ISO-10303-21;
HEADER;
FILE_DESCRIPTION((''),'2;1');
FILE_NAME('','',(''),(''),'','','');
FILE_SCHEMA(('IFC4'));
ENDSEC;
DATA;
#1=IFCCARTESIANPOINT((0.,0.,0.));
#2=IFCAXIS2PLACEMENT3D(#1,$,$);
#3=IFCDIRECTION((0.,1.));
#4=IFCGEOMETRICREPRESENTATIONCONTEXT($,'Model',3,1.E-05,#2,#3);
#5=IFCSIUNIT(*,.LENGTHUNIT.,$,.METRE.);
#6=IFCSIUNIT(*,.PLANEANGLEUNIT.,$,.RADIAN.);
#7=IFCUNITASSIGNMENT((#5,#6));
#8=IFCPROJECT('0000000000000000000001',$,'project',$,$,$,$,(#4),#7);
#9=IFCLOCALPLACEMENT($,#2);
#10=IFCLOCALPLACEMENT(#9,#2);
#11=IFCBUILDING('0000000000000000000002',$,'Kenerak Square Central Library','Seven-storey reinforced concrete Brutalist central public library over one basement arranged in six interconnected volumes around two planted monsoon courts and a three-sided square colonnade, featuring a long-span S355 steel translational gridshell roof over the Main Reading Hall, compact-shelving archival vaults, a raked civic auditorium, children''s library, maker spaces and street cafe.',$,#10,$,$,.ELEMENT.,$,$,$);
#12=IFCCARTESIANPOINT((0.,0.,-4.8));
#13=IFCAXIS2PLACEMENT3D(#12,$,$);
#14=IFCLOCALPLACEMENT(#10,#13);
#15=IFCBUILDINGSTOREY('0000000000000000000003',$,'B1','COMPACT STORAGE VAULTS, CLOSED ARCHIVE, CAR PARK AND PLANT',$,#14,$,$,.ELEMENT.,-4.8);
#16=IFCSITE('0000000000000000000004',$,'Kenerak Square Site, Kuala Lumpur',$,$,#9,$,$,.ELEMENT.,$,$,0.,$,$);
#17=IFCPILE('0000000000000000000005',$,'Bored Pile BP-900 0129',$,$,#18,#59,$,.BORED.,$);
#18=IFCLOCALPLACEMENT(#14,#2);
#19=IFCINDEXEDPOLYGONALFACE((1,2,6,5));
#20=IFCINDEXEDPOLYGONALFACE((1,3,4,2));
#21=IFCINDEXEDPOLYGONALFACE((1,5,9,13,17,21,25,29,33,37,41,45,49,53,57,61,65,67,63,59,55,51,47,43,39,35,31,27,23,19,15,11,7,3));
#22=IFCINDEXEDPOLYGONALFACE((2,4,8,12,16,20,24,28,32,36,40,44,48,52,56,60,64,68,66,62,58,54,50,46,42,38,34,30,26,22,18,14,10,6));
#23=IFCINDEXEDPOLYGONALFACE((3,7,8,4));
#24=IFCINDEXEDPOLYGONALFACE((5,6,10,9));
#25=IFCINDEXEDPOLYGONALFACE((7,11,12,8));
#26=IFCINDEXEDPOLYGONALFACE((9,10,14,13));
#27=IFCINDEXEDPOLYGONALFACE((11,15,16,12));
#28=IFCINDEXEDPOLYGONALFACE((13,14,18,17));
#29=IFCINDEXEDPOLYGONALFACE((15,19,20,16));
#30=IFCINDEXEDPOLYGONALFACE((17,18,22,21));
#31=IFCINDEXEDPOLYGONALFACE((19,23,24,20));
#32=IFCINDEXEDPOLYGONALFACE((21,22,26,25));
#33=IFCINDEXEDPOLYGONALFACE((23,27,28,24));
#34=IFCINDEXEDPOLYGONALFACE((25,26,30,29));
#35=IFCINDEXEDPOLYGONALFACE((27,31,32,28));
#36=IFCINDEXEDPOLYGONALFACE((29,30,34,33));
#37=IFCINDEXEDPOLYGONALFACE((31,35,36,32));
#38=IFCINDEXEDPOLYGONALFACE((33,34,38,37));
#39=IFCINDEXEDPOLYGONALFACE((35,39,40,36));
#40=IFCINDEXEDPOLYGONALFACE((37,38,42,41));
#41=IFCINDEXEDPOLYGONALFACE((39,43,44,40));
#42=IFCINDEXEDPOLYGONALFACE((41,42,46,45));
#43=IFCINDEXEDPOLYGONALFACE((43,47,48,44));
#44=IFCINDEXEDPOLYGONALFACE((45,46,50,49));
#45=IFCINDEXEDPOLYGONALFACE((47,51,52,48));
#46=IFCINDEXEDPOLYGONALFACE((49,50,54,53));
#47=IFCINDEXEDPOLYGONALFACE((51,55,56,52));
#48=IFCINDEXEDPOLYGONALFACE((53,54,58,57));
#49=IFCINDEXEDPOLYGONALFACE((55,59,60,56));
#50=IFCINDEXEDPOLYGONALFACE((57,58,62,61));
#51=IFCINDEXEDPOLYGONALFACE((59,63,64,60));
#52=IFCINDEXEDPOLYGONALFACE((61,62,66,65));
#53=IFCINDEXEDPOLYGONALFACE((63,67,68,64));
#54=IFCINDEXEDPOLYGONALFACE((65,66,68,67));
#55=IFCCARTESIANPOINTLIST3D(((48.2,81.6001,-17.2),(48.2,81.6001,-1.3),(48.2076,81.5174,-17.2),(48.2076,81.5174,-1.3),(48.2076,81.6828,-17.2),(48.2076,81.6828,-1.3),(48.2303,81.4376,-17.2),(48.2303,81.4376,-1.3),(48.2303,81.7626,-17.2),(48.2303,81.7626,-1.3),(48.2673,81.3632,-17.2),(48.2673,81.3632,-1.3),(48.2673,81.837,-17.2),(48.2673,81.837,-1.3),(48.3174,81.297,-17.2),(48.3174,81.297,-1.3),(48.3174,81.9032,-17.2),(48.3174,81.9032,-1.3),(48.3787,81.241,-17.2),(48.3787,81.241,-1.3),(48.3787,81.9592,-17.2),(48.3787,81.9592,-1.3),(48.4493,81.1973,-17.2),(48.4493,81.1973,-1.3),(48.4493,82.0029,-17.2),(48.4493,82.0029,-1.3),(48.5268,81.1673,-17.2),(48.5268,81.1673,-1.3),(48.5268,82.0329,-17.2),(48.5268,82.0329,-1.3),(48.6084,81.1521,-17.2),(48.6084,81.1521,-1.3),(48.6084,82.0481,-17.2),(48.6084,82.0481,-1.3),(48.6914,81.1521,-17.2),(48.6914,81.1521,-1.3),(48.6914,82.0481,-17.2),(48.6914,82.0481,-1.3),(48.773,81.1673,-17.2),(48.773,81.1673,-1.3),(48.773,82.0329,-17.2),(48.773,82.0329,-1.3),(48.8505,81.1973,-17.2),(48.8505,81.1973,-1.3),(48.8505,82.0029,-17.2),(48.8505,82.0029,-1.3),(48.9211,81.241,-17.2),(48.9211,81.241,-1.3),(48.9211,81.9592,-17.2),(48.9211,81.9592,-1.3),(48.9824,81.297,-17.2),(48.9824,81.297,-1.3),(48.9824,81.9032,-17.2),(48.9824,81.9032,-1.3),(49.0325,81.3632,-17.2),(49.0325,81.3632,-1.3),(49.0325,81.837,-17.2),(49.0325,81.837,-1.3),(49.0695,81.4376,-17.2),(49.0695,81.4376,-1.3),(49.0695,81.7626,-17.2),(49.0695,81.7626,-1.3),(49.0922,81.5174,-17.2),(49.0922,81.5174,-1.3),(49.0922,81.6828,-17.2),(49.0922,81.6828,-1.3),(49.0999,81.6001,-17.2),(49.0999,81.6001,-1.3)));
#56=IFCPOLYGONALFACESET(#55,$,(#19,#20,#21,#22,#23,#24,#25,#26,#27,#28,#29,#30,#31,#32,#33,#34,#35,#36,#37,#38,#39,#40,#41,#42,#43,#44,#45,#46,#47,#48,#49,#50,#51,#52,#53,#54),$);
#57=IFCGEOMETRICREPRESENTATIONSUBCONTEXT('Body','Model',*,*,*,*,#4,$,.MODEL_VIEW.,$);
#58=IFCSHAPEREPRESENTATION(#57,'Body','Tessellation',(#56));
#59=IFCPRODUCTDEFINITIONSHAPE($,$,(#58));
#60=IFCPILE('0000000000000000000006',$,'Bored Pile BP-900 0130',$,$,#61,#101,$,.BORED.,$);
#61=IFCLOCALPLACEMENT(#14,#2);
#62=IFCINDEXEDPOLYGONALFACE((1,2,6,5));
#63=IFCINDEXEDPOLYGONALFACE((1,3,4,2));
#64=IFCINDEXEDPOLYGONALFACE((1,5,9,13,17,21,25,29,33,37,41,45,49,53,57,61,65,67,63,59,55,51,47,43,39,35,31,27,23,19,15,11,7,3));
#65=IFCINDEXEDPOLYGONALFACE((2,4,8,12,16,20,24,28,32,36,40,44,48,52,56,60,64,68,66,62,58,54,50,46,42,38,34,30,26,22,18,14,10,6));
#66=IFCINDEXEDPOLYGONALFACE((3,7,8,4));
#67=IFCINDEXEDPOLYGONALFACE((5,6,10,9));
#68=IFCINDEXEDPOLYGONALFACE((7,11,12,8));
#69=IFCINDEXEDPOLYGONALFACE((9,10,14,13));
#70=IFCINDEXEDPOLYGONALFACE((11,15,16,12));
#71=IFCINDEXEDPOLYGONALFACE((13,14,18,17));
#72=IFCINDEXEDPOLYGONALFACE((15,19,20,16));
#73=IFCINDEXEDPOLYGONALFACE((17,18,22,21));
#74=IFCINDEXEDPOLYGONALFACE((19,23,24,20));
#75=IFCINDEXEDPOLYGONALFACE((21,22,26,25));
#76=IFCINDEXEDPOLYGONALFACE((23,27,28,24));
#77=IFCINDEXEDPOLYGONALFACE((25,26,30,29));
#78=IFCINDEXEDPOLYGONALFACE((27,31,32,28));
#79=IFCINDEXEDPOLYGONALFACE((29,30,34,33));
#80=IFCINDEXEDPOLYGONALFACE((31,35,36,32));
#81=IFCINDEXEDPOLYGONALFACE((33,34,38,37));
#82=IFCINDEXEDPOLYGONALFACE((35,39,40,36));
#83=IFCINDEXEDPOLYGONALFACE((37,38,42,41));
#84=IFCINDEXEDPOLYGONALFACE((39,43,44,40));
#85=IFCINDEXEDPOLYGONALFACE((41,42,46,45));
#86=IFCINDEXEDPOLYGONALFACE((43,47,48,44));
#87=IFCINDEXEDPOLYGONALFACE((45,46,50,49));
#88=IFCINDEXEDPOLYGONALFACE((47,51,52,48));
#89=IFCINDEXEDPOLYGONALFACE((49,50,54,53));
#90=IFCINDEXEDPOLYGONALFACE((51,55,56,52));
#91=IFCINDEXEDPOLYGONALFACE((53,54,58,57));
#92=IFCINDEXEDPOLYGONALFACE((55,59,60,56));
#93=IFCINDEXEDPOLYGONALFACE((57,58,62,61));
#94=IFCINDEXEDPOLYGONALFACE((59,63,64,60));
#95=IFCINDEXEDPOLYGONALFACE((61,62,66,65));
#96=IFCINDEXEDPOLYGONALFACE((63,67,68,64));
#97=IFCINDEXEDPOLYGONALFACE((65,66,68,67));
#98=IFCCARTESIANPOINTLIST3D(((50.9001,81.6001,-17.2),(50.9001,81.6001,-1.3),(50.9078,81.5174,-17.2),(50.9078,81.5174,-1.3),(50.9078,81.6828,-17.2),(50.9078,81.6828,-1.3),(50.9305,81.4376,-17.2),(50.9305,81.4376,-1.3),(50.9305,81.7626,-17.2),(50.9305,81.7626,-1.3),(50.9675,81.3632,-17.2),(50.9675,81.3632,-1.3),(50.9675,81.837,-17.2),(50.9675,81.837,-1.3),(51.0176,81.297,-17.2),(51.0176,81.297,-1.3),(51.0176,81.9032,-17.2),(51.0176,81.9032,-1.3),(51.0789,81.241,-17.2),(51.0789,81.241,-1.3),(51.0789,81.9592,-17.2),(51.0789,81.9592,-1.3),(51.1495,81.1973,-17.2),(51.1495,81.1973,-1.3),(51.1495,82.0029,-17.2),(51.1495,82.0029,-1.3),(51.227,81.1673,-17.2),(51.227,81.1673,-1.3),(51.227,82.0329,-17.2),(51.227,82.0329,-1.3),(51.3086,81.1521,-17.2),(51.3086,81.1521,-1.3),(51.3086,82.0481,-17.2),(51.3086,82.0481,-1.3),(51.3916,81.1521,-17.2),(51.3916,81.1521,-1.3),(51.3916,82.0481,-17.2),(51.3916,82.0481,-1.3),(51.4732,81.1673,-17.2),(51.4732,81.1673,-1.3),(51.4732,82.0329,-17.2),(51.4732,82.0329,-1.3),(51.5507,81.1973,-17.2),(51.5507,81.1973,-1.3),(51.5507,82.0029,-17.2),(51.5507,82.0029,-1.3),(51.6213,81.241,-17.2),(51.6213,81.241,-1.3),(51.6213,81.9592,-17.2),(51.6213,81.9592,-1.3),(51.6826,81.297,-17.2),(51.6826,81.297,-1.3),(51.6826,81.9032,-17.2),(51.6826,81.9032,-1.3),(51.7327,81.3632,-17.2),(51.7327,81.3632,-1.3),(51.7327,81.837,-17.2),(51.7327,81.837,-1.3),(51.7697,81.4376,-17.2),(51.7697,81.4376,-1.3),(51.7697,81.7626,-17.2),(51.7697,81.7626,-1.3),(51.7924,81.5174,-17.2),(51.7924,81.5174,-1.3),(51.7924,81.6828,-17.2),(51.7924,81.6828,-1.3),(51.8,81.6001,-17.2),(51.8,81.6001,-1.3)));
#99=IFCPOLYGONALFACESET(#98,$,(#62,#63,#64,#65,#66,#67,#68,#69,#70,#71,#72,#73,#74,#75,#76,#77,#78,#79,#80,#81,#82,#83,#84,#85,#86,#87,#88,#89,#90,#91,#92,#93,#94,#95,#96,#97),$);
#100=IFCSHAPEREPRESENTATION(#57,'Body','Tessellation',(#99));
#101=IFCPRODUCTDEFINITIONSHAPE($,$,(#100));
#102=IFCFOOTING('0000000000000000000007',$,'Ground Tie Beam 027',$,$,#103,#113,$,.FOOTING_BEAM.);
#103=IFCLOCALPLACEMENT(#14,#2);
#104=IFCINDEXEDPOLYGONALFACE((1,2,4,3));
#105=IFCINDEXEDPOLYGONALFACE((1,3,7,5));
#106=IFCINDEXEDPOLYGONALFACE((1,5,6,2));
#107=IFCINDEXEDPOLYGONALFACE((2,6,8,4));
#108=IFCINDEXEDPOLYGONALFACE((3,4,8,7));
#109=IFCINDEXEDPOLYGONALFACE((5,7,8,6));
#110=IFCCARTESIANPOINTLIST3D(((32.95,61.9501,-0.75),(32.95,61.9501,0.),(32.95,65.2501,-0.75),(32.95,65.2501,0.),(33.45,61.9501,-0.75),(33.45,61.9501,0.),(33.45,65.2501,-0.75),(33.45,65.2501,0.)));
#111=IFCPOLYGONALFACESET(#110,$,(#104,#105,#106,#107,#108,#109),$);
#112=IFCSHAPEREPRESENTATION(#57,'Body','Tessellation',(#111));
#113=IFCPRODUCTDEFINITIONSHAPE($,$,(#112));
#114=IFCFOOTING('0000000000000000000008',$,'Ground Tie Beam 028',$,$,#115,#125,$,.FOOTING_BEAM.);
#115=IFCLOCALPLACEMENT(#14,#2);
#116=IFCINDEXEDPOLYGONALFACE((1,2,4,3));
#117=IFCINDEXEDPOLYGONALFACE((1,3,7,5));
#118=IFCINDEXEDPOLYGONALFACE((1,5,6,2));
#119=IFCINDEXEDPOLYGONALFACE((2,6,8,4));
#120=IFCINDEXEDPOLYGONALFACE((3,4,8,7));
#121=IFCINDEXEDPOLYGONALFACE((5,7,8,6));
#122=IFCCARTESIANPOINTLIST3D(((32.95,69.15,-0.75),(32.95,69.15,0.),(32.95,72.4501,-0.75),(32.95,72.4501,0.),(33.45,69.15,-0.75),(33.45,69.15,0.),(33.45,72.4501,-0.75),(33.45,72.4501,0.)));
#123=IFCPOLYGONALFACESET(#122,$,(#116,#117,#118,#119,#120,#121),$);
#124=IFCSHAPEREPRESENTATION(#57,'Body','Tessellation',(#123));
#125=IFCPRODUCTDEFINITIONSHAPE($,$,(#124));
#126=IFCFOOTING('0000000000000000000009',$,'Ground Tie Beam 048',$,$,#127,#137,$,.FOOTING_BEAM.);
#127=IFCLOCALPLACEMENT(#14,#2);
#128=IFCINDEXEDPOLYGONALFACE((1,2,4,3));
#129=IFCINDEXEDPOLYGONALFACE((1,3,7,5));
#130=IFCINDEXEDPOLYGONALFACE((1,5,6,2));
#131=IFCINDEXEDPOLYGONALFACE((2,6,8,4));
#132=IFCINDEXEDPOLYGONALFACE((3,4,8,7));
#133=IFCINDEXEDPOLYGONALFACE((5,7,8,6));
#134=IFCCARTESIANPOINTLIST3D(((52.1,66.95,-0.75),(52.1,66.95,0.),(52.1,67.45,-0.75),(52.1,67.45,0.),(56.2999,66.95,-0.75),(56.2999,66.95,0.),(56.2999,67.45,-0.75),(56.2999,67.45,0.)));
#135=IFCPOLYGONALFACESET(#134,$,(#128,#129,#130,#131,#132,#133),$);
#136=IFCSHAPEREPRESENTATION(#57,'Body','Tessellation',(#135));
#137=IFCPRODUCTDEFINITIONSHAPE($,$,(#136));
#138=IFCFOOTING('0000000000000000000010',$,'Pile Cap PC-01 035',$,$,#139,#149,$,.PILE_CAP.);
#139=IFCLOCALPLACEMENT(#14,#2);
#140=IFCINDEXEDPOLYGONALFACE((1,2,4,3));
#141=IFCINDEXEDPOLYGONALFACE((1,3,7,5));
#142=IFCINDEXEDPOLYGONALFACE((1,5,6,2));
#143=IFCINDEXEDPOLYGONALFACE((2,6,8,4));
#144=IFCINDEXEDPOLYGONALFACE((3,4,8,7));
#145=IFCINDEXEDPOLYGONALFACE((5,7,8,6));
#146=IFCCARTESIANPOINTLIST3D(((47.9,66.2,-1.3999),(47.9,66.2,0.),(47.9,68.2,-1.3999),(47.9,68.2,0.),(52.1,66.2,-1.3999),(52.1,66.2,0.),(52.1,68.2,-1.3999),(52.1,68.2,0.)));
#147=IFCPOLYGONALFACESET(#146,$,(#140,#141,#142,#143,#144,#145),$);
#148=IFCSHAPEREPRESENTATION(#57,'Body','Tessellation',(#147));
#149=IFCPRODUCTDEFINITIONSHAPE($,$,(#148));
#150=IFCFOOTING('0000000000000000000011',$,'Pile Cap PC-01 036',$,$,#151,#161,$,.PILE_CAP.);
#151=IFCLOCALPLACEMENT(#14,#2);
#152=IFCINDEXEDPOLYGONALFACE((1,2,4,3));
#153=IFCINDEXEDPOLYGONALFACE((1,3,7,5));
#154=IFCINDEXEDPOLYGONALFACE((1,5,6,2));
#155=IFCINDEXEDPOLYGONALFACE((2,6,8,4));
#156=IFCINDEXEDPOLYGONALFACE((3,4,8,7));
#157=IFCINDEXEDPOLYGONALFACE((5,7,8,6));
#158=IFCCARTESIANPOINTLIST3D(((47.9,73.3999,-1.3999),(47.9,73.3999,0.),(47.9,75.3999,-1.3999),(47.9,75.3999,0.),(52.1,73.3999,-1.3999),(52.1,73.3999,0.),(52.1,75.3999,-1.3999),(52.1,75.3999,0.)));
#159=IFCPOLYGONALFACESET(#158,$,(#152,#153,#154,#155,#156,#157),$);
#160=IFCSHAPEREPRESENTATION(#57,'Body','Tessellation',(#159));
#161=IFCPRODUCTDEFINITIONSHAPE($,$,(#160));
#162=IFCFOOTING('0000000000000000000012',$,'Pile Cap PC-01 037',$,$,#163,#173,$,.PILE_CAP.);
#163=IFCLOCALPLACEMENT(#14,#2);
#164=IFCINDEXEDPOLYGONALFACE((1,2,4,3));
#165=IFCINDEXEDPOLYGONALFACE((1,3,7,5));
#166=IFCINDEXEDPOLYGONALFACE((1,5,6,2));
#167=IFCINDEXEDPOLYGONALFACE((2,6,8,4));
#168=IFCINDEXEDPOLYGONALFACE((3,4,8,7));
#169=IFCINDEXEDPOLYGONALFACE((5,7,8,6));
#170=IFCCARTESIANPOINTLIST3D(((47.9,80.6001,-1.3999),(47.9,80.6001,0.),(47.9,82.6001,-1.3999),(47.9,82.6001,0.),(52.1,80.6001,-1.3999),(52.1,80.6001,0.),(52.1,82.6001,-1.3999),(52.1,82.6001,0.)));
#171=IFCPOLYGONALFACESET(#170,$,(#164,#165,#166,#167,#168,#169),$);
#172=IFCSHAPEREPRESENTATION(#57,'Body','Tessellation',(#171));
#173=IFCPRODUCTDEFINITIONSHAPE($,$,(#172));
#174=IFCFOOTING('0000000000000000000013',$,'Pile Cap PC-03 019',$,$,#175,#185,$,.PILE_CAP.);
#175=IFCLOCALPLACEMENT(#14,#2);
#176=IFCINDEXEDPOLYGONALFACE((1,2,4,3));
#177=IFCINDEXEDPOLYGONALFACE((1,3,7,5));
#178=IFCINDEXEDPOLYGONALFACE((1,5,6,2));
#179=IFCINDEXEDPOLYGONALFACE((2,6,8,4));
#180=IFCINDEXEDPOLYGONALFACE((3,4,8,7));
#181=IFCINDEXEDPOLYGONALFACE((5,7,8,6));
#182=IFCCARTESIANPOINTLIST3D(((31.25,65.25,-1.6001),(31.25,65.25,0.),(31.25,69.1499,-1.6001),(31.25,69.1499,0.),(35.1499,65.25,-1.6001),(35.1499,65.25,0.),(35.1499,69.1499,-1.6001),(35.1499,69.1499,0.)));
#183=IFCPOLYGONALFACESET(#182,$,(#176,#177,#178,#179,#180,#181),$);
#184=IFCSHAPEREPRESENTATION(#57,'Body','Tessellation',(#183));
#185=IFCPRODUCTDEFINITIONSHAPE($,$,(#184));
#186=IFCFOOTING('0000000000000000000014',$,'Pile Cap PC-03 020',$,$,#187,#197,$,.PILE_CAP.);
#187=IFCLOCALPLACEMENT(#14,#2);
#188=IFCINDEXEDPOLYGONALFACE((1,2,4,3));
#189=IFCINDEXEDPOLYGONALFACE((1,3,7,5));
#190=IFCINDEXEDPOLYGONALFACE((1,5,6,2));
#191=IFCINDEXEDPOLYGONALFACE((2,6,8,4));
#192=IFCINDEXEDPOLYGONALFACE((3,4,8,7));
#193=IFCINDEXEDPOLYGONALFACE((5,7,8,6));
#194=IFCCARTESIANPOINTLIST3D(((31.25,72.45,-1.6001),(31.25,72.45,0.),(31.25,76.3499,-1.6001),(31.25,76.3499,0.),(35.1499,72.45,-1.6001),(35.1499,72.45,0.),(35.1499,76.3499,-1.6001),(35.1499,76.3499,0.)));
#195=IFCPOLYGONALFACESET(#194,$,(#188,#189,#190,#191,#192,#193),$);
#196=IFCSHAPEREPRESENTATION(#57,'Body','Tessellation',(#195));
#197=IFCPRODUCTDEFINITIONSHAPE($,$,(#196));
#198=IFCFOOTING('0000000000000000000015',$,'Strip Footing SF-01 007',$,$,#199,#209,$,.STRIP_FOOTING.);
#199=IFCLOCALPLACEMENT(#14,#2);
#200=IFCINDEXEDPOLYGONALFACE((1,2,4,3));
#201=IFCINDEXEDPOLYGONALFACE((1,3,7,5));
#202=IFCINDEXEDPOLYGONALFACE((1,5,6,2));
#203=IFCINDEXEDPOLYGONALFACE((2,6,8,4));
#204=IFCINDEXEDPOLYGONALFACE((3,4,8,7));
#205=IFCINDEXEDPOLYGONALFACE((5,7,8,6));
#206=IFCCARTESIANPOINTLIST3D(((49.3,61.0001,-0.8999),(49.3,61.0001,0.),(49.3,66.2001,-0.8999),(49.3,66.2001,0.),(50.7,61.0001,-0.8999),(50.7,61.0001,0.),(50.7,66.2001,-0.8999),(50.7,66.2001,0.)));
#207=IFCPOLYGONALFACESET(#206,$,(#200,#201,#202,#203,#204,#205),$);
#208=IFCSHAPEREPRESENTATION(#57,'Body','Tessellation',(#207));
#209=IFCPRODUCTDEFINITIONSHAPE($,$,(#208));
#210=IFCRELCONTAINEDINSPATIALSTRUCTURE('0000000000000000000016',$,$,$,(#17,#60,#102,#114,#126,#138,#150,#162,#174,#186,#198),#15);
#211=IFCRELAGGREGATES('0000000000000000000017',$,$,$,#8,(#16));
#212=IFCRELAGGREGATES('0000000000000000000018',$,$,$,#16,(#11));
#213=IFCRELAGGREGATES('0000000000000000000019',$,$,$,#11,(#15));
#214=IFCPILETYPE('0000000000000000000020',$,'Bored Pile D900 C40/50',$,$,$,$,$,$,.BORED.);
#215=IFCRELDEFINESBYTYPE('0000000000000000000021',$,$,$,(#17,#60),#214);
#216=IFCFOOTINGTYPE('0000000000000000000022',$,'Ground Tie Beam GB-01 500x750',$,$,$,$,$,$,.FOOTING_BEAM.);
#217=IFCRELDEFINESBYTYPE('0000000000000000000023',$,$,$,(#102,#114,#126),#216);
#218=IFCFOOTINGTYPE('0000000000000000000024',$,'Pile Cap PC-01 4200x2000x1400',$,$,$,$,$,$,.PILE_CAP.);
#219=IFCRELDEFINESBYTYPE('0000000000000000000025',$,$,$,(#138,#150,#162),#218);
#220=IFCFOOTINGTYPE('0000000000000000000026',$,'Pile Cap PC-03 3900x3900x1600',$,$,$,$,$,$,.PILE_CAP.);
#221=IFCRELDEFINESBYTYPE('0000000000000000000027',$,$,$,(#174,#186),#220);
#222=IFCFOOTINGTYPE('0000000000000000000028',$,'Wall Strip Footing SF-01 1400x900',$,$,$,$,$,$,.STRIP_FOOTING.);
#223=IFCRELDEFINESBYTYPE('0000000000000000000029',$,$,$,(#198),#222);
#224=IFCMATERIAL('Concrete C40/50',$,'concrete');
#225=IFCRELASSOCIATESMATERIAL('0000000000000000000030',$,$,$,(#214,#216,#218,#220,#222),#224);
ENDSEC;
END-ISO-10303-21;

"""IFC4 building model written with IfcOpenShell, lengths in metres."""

from ifc_helpers import new_model, si_unit, direction, frame, origin, origin_2d, place, context, subcontext, project, spatial, rectangle, circle, extrude, material, material_profile, profile_set, type_object, element, save


model = new_model("IFC4")

# Units and contexts
model_context = context("Model", 3, precision=1e-05, world=origin(), true_north=direction((0.0, 1.0)))
body_context = subcontext(model_context, "Body", "Model", "MODEL_VIEW")
ifc_project = project(units=[si_unit("LENGTHUNIT", "METRE"), si_unit("PLANEANGLEUNIT", "RADIAN")], contexts=[model_context])

# Site, building, storey
site_placement = place(None, origin())
site = spatial("IfcSite", under=ifc_project, at=site_placement, Name="Kenerak Square Site, Kuala Lumpur", CompositionType="ELEMENT", RefElevation=0.0)
building_placement = place(site_placement, origin())
building = spatial("IfcBuilding", under=site, at=building_placement, Name="Kenerak Square Central Library", Description="Seven-storey reinforced concrete Brutalist central public library over one basement arranged in six interconnected volumes around two planted monsoon courts and a three-sided square colonnade, featuring a long-span S355 steel translational gridshell roof over the Main Reading Hall, compact-shelving archival vaults, a raked civic auditorium, children's library, maker spaces and street cafe.", CompositionType="ELEMENT")
storey_placement = place(building_placement, frame((0.0, 0.0, -4.8)))
storey = spatial("IfcBuildingStorey", under=building, at=storey_placement, Name="B1", Description="COMPACT STORAGE VAULTS, CLOSED ARCHIVE, CAR PARK AND PLANT", CompositionType="ELEMENT", Elevation=-4.8)

# Piles
ifc_material_1 = material(Name="Concrete C40/50", Category="concrete")
ifc_material_profile_1 = material_profile(ifc_material_1, circle(Radius=0.45, at=origin_2d()), Name="BP D900")
ifc_profile_set_1 = profile_set([ifc_material_profile_1], Name="Concrete C40/50")
pile_type = type_object("IfcPileType", Name="Bored Pile D900 C40/50", PredefinedType="BORED", material=ifc_profile_set_1)
for number, where, z_axis, x_axis, name in (
    (1, (48.6499, 81.6001, -1.3), (0.0, 0.0, -1.0), (1.0, 0.0, 0.0), "Bored Pile BP-900 0129"),
    (2, (51.3501, 81.6001, -1.3), (0.0, 0.0, -1.0), (1.0, 0.0, 0.0), "Bored Pile BP-900 0130"),
):
    element("IfcPile", number, at=place(storey_placement, frame(where, z_axis=z_axis, x_axis=x_axis)), inside=storey, type_object=pile_type, Name=name, PredefinedType="BORED", context=body_context, shape_type="SweptSolid", body=[
        extrude(circle(Radius=0.45, at=origin_2d()), origin(), (0.0, 0.0, 1.0), 15.8999),
    ])

# Footings
footing_type_1 = type_object("IfcFootingType", Name="Ground Tie Beam GB-01 500x750", PredefinedType="FOOTING_BEAM", material=ifc_material_1)
for number, where, z_axis, x_axis, name in (
    (3, (33.2, 63.6001, -0.75), (0.0, 0.0, 1.0), (1.0, 0.0, 0.0), "Ground Tie Beam 027"),
    (4, (33.2, 70.8, -0.75), (0.0, 0.0, 1.0), (1.0, 0.0, 0.0), "Ground Tie Beam 028"),
):
    element("IfcFooting", number, at=place(storey_placement, frame(where, z_axis=z_axis, x_axis=x_axis)), inside=storey, type_object=footing_type_1, Name=name, PredefinedType="FOOTING_BEAM", context=body_context, shape_type="SweptSolid", body=[
        extrude(rectangle(XDim=0.5, YDim=3.3, at=origin_2d()), origin(), (0.0, 0.0, 1.0), 0.75),
    ])
footing_1_placement = place(storey_placement, frame((54.2, 67.2, -0.75), z_axis=(0.0, 0.0, 1.0), x_axis=(1.0, 0.0, 0.0)))
element("IfcFooting", 5, at=footing_1_placement, inside=storey, type_object=footing_type_1, Name="Ground Tie Beam 048", PredefinedType="FOOTING_BEAM", context=body_context, shape_type="SweptSolid", body=[
    extrude(rectangle(XDim=4.2, YDim=0.5, at=origin_2d()), origin(), (0.0, 0.0, 1.0), 0.75),
])
footing_type_2 = type_object("IfcFootingType", Name="Pile Cap PC-01 4200x2000x1400", PredefinedType="PILE_CAP", material=ifc_material_1)
for number, where, z_axis, x_axis, name in (
    (6, (50.0, 67.2, -1.3999), (0.0, 0.0, 1.0), (1.0, 0.0, 0.0), "Pile Cap PC-01 035"),
    (7, (50.0, 74.3999, -1.3999), (0.0, 0.0, 1.0), (1.0, 0.0, 0.0), "Pile Cap PC-01 036"),
    (8, (50.0, 81.6001, -1.3999), (0.0, 0.0, 1.0), (1.0, 0.0, 0.0), "Pile Cap PC-01 037"),
):
    element("IfcFooting", number, at=place(storey_placement, frame(where, z_axis=z_axis, x_axis=x_axis)), inside=storey, type_object=footing_type_2, Name=name, PredefinedType="PILE_CAP", context=body_context, shape_type="SweptSolid", body=[
        extrude(rectangle(XDim=4.2, YDim=2.0, at=origin_2d()), origin(), (0.0, 0.0, 1.0), 1.3999),
    ])
footing_type_3 = type_object("IfcFootingType", Name="Pile Cap PC-03 3900x3900x1600", PredefinedType="PILE_CAP", material=ifc_material_1)
for number, where, z_axis, x_axis, name in (
    (9, (33.2, 67.2, -1.6001), (0.0, 0.0, 1.0), (1.0, 0.0, 0.0), "Pile Cap PC-03 019"),
    (10, (33.2, 74.3999, -1.6001), (0.0, 0.0, 1.0), (1.0, 0.0, 0.0), "Pile Cap PC-03 020"),
):
    element("IfcFooting", number, at=place(storey_placement, frame(where, z_axis=z_axis, x_axis=x_axis)), inside=storey, type_object=footing_type_3, Name=name, PredefinedType="PILE_CAP", context=body_context, shape_type="SweptSolid", body=[
        extrude(rectangle(XDim=3.8999, YDim=3.8999, at=origin_2d()), origin(), (0.0, 0.0, 1.0), 1.6001),
    ])
footing_type_4 = type_object("IfcFootingType", Name="Wall Strip Footing SF-01 1400x900", PredefinedType="STRIP_FOOTING", material=ifc_material_1)
for number, where, z_axis, x_axis, name in (
    (11, (50.0, 63.6001, -0.8999), (0.0, 0.0, 1.0), (1.0, 0.0, 0.0), "Strip Footing SF-01 007"),
):
    element("IfcFooting", number, at=place(storey_placement, frame(where, z_axis=z_axis, x_axis=x_axis)), inside=storey, type_object=footing_type_4, Name=name, PredefinedType="STRIP_FOOTING", context=body_context, shape_type="SweptSolid", body=[
        extrude(rectangle(XDim=1.3999, YDim=5.2, at=origin_2d()), origin(), (0.0, 0.0, 1.0), 0.8999),
    ])

save(model, "model.ifc")
